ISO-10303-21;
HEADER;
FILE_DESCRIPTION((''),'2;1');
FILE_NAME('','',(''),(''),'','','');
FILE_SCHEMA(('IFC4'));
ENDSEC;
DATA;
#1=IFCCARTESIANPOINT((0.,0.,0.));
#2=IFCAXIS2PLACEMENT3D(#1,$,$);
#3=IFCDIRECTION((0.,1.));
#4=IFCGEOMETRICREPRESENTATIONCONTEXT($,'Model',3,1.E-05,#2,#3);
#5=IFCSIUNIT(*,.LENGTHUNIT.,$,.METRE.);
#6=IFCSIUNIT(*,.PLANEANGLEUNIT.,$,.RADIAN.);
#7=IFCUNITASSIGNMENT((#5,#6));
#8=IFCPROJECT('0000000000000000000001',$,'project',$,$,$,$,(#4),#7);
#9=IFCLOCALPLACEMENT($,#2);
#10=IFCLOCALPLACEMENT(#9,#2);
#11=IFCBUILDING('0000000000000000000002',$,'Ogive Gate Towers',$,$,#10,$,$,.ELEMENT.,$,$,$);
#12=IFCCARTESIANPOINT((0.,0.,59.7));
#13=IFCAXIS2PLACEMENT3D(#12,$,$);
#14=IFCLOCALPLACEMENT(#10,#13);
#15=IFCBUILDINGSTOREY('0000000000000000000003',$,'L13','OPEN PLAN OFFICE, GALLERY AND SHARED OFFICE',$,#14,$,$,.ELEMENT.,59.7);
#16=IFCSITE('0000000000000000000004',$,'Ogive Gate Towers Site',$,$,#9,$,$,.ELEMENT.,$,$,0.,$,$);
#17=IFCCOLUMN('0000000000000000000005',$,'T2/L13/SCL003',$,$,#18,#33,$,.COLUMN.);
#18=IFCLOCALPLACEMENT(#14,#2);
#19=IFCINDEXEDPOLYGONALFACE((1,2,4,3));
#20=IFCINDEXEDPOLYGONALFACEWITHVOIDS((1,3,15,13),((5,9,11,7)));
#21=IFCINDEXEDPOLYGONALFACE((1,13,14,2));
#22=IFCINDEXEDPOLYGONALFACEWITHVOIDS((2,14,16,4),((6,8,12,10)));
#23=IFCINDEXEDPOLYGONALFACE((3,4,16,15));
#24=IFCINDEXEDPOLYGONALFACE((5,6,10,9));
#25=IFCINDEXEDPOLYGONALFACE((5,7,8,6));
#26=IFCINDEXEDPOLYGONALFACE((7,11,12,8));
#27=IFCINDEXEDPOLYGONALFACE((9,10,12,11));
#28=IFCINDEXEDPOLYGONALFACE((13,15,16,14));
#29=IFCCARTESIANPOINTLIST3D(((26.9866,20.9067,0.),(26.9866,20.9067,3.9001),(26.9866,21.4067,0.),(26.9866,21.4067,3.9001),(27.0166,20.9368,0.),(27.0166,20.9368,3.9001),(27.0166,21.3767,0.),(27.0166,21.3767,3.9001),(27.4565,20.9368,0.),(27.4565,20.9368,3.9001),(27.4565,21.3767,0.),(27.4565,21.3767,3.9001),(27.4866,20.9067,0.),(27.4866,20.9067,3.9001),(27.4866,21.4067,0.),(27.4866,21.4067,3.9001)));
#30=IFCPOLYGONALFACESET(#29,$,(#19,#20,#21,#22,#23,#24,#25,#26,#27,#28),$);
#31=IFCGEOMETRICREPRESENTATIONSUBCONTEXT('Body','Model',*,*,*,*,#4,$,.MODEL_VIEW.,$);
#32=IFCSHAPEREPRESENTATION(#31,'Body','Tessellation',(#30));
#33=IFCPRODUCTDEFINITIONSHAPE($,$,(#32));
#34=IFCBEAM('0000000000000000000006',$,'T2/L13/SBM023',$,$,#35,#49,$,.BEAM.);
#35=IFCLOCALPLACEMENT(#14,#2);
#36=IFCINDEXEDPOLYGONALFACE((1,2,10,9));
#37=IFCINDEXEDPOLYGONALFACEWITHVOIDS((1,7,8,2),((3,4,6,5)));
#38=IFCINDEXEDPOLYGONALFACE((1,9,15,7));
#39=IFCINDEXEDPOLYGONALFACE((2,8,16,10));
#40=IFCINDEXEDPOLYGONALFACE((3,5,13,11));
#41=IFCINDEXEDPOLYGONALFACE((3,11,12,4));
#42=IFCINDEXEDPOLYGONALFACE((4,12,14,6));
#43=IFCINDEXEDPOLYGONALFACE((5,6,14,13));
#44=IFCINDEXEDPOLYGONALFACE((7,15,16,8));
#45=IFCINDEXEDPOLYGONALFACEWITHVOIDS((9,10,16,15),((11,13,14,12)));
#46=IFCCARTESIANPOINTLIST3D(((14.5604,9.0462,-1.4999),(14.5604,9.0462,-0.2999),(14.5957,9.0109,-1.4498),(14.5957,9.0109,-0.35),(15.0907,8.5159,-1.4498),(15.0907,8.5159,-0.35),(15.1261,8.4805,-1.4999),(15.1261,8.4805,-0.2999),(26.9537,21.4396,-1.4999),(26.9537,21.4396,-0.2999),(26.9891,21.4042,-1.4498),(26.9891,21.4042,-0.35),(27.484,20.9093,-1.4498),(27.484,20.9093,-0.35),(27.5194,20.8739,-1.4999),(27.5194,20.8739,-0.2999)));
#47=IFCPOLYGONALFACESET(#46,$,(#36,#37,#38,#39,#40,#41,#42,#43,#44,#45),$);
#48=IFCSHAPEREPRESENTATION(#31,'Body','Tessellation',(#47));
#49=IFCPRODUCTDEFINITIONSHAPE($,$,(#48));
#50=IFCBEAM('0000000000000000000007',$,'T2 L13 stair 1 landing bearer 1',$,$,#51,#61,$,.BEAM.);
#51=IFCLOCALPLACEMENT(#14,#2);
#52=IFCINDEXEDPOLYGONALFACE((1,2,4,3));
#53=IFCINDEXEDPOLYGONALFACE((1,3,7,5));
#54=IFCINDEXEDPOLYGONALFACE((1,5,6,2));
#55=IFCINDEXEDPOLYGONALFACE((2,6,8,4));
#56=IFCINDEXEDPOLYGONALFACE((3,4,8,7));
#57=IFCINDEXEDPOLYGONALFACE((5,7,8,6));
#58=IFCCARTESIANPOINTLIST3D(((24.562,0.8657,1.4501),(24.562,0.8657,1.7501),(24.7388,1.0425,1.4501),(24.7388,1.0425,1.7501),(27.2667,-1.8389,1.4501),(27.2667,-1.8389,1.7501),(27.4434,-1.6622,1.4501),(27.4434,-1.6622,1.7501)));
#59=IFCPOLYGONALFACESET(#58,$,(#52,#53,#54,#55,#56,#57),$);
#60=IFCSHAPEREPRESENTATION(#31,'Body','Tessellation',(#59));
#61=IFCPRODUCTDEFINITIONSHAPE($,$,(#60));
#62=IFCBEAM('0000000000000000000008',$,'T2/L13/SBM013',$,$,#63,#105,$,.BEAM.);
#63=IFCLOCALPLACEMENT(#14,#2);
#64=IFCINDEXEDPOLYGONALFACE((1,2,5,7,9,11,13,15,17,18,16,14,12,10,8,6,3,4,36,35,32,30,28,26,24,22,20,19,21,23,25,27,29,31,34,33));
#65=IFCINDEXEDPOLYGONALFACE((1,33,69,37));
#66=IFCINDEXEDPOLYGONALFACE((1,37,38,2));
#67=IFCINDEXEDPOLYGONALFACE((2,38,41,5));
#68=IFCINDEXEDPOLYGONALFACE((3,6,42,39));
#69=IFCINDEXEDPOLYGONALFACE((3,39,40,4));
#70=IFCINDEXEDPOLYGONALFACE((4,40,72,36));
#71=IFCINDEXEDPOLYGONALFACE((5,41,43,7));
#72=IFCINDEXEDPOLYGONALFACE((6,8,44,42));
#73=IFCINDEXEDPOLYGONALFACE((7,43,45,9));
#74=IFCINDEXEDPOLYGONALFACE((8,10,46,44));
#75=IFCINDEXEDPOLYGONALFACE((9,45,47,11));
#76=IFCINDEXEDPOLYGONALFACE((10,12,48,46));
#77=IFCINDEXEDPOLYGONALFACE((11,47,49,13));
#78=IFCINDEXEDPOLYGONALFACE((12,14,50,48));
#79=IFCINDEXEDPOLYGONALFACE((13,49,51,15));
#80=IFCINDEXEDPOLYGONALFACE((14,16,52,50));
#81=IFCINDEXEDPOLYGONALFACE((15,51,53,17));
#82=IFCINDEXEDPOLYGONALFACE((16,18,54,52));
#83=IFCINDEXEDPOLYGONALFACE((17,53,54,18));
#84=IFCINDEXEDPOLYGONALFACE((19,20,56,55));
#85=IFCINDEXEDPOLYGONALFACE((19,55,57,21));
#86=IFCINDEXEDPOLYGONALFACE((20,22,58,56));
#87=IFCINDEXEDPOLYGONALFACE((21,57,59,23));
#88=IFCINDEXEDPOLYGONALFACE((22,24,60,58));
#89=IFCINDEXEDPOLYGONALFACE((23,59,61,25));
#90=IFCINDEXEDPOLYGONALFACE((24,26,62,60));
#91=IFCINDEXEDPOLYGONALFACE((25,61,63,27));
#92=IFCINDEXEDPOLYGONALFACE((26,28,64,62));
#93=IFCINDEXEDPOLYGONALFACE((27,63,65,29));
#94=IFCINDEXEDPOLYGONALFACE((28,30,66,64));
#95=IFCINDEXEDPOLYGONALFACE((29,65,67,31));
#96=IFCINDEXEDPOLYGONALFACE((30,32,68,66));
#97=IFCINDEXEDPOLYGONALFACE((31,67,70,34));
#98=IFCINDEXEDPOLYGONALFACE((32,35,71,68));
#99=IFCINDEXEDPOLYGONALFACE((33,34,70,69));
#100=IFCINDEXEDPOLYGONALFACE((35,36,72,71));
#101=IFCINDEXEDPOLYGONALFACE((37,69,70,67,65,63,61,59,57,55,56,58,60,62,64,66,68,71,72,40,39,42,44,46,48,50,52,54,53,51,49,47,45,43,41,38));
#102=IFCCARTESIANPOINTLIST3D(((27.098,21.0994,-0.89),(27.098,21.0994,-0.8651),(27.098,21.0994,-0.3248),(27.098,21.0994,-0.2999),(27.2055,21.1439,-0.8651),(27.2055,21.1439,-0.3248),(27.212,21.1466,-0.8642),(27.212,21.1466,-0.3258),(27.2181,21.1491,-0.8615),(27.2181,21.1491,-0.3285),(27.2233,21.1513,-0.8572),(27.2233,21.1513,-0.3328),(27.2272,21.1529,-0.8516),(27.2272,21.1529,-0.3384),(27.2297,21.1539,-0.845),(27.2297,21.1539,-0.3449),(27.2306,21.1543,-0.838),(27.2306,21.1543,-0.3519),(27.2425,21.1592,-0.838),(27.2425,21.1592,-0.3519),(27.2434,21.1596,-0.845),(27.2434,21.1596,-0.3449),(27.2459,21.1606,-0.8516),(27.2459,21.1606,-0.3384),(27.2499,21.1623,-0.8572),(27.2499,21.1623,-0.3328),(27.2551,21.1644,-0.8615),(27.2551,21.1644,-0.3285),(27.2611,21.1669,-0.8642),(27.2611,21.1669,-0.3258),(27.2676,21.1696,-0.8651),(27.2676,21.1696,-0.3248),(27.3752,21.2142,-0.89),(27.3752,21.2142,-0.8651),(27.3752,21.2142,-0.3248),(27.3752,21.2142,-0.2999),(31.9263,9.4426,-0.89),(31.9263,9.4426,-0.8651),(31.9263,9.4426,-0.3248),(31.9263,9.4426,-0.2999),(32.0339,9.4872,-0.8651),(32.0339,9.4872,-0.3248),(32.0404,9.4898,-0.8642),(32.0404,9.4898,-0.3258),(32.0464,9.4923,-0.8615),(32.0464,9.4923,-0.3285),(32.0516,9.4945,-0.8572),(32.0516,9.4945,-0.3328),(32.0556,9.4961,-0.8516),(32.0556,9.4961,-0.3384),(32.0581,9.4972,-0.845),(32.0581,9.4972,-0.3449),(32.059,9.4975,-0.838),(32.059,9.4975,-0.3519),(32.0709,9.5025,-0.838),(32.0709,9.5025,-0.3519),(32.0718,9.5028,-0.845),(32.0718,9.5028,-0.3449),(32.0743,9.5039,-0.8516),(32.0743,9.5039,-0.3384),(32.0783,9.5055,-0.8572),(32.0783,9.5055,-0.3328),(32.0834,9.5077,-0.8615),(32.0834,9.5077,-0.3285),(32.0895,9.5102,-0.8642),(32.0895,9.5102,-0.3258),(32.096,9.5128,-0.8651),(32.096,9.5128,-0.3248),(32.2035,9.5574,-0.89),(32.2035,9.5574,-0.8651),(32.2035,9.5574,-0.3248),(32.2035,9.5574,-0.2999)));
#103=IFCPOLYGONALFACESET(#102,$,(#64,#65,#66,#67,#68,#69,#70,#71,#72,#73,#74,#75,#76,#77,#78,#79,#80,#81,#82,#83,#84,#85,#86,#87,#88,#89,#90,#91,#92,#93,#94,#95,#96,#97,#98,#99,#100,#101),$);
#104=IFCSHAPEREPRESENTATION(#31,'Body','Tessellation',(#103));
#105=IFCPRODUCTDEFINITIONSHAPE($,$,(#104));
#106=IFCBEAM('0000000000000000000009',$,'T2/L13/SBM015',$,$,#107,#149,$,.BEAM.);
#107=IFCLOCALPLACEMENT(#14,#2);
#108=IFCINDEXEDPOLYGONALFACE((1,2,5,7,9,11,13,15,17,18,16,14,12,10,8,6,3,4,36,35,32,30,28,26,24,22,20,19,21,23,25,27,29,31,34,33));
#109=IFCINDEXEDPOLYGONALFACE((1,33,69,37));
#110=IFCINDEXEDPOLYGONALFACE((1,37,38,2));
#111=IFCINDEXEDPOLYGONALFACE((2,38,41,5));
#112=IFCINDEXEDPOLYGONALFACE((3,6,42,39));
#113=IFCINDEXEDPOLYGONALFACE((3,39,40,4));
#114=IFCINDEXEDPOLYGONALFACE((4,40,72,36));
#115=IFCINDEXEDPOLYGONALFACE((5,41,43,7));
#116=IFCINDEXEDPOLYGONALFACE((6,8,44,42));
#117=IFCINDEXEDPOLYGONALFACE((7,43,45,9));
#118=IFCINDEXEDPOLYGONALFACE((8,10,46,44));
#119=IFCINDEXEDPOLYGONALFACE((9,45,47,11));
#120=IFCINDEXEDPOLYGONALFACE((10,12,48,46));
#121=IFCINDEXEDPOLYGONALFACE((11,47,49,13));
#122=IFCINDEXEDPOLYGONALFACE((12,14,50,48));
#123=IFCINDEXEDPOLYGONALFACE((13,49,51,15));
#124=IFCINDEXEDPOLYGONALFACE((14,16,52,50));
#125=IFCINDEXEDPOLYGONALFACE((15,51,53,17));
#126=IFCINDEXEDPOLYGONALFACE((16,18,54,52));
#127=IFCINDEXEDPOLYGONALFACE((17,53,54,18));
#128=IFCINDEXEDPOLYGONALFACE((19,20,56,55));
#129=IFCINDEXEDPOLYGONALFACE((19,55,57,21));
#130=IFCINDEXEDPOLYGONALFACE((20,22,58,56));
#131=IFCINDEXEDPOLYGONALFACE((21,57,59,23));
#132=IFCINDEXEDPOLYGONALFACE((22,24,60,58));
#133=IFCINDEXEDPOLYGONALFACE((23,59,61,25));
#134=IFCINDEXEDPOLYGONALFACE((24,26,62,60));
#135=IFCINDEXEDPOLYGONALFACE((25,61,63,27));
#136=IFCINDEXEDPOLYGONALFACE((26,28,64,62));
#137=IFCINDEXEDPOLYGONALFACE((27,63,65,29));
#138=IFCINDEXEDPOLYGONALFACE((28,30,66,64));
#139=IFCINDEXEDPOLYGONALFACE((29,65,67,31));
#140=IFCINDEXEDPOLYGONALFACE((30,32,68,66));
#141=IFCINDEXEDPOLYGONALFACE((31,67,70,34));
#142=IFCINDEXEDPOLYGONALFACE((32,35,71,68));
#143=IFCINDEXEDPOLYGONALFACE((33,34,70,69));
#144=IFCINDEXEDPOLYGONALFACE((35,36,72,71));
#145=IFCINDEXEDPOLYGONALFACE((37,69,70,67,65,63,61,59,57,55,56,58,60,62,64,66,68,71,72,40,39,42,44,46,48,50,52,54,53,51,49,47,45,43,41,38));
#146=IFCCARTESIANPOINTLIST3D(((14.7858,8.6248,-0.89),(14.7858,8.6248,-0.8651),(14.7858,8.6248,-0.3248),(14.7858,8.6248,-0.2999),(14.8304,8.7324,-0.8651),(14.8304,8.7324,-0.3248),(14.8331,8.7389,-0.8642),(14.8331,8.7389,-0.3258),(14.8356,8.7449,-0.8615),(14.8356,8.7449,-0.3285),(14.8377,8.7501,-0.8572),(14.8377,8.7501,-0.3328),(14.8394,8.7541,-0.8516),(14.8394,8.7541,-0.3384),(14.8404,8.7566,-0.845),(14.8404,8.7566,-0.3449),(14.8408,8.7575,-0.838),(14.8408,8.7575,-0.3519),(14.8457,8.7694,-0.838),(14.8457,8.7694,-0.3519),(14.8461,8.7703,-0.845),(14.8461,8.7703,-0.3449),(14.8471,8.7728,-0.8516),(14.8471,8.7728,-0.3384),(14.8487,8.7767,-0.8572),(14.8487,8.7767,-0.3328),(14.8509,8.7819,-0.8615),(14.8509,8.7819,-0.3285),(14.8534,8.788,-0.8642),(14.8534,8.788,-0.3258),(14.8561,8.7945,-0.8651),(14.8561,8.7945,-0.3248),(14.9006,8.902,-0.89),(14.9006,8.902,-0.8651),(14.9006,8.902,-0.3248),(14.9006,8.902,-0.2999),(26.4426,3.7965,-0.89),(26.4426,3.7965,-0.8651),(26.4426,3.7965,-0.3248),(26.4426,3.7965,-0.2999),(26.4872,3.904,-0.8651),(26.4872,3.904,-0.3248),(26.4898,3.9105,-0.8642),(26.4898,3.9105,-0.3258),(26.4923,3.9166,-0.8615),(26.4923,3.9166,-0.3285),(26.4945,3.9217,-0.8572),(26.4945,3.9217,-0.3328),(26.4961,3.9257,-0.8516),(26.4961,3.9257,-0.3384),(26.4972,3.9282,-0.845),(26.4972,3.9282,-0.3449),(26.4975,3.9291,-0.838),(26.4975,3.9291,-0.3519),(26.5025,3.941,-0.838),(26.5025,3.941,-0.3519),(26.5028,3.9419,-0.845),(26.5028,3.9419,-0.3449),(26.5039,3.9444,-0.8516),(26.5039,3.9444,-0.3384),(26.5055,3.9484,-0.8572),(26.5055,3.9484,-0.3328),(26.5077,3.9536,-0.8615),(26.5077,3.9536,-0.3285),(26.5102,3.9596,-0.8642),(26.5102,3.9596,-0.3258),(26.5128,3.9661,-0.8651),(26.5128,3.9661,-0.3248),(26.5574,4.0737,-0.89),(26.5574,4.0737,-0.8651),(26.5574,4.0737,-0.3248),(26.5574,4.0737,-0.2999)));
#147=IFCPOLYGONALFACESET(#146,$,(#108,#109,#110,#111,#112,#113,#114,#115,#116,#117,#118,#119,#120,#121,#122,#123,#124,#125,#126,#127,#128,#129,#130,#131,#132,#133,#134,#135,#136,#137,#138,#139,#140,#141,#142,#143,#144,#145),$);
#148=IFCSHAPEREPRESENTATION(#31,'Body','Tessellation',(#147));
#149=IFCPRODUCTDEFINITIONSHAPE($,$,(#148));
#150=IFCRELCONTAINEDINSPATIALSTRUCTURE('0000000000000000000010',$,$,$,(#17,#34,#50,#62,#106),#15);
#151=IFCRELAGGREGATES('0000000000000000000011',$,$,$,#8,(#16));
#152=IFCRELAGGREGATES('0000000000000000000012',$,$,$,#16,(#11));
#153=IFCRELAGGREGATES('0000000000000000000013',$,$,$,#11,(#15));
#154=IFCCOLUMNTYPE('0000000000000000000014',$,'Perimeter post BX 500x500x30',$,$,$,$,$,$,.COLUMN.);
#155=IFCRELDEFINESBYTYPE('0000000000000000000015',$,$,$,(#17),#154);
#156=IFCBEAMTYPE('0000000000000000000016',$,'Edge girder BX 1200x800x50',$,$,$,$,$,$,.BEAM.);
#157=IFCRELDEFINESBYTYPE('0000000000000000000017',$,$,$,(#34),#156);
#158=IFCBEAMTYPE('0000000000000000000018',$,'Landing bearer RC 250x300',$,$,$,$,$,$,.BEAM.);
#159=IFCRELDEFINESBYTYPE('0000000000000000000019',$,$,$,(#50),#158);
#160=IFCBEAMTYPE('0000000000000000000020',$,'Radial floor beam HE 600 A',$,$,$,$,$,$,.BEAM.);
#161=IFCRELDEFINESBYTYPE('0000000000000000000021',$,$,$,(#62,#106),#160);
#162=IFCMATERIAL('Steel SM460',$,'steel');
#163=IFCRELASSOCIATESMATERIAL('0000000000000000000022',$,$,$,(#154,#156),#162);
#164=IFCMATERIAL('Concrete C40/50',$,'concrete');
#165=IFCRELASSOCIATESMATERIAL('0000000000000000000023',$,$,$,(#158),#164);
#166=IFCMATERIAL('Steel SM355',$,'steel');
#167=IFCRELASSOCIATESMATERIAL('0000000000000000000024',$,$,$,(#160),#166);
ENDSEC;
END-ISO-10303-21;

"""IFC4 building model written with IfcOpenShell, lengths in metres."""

from ifc_helpers import new_model, si_unit, direction, frame, origin, origin_2d, place, context, subcontext, project, spatial, rectangle, hollow_rectangle, i_section, extrude, material, material_profile, profile_set, type_object, element, save


model = new_model("IFC4")

# Units and contexts
model_context = context("Model", 3, precision=1e-05, world=origin(), true_north=direction((0.0, 1.0)))
body_context = subcontext(model_context, "Body", "Model", "MODEL_VIEW")
ifc_project = project(units=[si_unit("LENGTHUNIT", "METRE"), si_unit("PLANEANGLEUNIT", "RADIAN")], contexts=[model_context])

# Site, building, storey
site_placement = place(None, origin())
site = spatial("IfcSite", under=ifc_project, at=site_placement, Name="Ogive Gate Towers Site", CompositionType="ELEMENT", RefElevation=0.0)
building_placement = place(site_placement, origin())
building = spatial("IfcBuilding", under=site, at=building_placement, Name="Ogive Gate Towers", CompositionType="ELEMENT")
storey_placement = place(building_placement, frame((0.0, 0.0, 59.7)))
storey = spatial("IfcBuildingStorey", under=building, at=storey_placement, Name="L13", Description="OPEN PLAN OFFICE, GALLERY AND SHARED OFFICE", CompositionType="ELEMENT", Elevation=59.7)

# Column
ifc_material_1 = material(Name="Steel SM460", Category="steel")
ifc_material_profile_1 = material_profile(ifc_material_1, hollow_rectangle(XDim=0.5, YDim=0.5, WallThickness=0.03, at=origin_2d()), Name="BX 500x500x30")
ifc_profile_set_1 = profile_set([ifc_material_profile_1], Name="Steel SM460")
column_type = type_object("IfcColumnType", Name="Perimeter post BX 500x500x30", PredefinedType="COLUMN", material=ifc_profile_set_1)
column_placement = place(storey_placement, frame((27.2366, 21.1567, 0.0), z_axis=(0.0, 0.0, 1.0), x_axis=(1.0, 0.0, 0.0)))
element("IfcColumn", 1, at=column_placement, inside=storey, type_object=column_type, Name="T2/L13/SCL003", PredefinedType="COLUMN", context=body_context, shape_type="SweptSolid", body=[
    extrude(hollow_rectangle(XDim=0.5, YDim=0.5, WallThickness=0.03, at=origin_2d()), origin(), (0.0, 0.0, 1.0), 3.9001),
])

# Beams
ifc_material_profile_2 = material_profile(ifc_material_1, hollow_rectangle(XDim=0.8, YDim=1.2, WallThickness=0.05, at=origin_2d()), Name="BX 1200x800x50")
ifc_profile_set_2 = profile_set([ifc_material_profile_2], Name="Steel SM460")
beam_type_1 = type_object("IfcBeamType", Name="Edge girder BX 1200x800x50", PredefinedType="BEAM", material=ifc_profile_set_2)
beam_1_placement = place(storey_placement, frame((27.2366, 21.1567, -0.8999), z_axis=(-0.707107, -0.707107, 0.0), x_axis=(0.707107, -0.707107, 0.0)))
element("IfcBeam", 2, at=beam_1_placement, inside=storey, type_object=beam_type_1, Name="T2/L13/SBM023", PredefinedType="BEAM", context=body_context, shape_type="SweptSolid", body=[
    extrude(hollow_rectangle(XDim=0.8, YDim=1.2, WallThickness=0.05, at=origin_2d()), origin(), (0.0, 0.0, 1.0), 17.5269),
])
ifc_material_2 = material(Name="Concrete C40/50", Category="concrete")
ifc_material_profile_3 = material_profile(ifc_material_2, rectangle(XDim=0.25, YDim=0.3, at=origin_2d()), Name="RC 250x300")
ifc_profile_set_3 = profile_set([ifc_material_profile_3], Name="Concrete C40/50")
beam_type_2 = type_object("IfcBeamType", Name="Landing bearer RC 250x300", PredefinedType="BEAM", material=ifc_profile_set_3)
beam_2_placement = place(storey_placement, frame((24.6504, 0.9541, 1.6001), z_axis=(0.707107, -0.707107, 0.0), x_axis=(0.707107, 0.707107, 0.0)))
element("IfcBeam", 3, at=beam_2_placement, inside=storey, type_object=beam_type_2, Name="T2 L13 stair 1 landing bearer 1", PredefinedType="BEAM", context=body_context, shape_type="SweptSolid", body=[
    extrude(rectangle(XDim=0.25, YDim=0.3, at=origin_2d()), origin(), (0.0, 0.0, 1.0), 3.825),
])
ifc_material_3 = material(Name="Steel SM355", Category="steel")
ifc_material_profile_4 = material_profile(ifc_material_3, i_section(OverallWidth=0.3, OverallDepth=0.5901, WebThickness=0.0129, FlangeThickness=0.0249, FilletRadius=0.0271, at=origin_2d()), Name="HE 600 A")
ifc_profile_set_4 = profile_set([ifc_material_profile_4], Name="Steel SM355")
beam_type_3 = type_object("IfcBeamType", Name="Radial floor beam HE 600 A", PredefinedType="BEAM", material=ifc_profile_set_4)
for number, where, z_axis, x_axis, name in (
    (4, (32.0649, 9.5, -0.595), (-0.382683, 0.92388, 0.0), (-0.92388, -0.382683, 0.0), "T2/L13/SBM013"),
    (5, (26.5, 3.9351, -0.595), (-0.92388, 0.382683, 0.0), (-0.382683, -0.92388, 0.0), "T2/L13/SBM015"),
):
    element("IfcBeam", number, at=place(storey_placement, frame(where, z_axis=z_axis, x_axis=x_axis)), inside=storey, type_object=beam_type_3, Name=name, PredefinedType="BEAM", context=body_context, shape_type="SweptSolid", body=[
        extrude(i_section(OverallWidth=0.3, OverallDepth=0.5901, WebThickness=0.0129, FlangeThickness=0.0249, FilletRadius=0.0271, at=origin_2d()), origin(), (0.0, 0.0, 1.0), 12.6172),
    ])

save(model, "model.ifc")
